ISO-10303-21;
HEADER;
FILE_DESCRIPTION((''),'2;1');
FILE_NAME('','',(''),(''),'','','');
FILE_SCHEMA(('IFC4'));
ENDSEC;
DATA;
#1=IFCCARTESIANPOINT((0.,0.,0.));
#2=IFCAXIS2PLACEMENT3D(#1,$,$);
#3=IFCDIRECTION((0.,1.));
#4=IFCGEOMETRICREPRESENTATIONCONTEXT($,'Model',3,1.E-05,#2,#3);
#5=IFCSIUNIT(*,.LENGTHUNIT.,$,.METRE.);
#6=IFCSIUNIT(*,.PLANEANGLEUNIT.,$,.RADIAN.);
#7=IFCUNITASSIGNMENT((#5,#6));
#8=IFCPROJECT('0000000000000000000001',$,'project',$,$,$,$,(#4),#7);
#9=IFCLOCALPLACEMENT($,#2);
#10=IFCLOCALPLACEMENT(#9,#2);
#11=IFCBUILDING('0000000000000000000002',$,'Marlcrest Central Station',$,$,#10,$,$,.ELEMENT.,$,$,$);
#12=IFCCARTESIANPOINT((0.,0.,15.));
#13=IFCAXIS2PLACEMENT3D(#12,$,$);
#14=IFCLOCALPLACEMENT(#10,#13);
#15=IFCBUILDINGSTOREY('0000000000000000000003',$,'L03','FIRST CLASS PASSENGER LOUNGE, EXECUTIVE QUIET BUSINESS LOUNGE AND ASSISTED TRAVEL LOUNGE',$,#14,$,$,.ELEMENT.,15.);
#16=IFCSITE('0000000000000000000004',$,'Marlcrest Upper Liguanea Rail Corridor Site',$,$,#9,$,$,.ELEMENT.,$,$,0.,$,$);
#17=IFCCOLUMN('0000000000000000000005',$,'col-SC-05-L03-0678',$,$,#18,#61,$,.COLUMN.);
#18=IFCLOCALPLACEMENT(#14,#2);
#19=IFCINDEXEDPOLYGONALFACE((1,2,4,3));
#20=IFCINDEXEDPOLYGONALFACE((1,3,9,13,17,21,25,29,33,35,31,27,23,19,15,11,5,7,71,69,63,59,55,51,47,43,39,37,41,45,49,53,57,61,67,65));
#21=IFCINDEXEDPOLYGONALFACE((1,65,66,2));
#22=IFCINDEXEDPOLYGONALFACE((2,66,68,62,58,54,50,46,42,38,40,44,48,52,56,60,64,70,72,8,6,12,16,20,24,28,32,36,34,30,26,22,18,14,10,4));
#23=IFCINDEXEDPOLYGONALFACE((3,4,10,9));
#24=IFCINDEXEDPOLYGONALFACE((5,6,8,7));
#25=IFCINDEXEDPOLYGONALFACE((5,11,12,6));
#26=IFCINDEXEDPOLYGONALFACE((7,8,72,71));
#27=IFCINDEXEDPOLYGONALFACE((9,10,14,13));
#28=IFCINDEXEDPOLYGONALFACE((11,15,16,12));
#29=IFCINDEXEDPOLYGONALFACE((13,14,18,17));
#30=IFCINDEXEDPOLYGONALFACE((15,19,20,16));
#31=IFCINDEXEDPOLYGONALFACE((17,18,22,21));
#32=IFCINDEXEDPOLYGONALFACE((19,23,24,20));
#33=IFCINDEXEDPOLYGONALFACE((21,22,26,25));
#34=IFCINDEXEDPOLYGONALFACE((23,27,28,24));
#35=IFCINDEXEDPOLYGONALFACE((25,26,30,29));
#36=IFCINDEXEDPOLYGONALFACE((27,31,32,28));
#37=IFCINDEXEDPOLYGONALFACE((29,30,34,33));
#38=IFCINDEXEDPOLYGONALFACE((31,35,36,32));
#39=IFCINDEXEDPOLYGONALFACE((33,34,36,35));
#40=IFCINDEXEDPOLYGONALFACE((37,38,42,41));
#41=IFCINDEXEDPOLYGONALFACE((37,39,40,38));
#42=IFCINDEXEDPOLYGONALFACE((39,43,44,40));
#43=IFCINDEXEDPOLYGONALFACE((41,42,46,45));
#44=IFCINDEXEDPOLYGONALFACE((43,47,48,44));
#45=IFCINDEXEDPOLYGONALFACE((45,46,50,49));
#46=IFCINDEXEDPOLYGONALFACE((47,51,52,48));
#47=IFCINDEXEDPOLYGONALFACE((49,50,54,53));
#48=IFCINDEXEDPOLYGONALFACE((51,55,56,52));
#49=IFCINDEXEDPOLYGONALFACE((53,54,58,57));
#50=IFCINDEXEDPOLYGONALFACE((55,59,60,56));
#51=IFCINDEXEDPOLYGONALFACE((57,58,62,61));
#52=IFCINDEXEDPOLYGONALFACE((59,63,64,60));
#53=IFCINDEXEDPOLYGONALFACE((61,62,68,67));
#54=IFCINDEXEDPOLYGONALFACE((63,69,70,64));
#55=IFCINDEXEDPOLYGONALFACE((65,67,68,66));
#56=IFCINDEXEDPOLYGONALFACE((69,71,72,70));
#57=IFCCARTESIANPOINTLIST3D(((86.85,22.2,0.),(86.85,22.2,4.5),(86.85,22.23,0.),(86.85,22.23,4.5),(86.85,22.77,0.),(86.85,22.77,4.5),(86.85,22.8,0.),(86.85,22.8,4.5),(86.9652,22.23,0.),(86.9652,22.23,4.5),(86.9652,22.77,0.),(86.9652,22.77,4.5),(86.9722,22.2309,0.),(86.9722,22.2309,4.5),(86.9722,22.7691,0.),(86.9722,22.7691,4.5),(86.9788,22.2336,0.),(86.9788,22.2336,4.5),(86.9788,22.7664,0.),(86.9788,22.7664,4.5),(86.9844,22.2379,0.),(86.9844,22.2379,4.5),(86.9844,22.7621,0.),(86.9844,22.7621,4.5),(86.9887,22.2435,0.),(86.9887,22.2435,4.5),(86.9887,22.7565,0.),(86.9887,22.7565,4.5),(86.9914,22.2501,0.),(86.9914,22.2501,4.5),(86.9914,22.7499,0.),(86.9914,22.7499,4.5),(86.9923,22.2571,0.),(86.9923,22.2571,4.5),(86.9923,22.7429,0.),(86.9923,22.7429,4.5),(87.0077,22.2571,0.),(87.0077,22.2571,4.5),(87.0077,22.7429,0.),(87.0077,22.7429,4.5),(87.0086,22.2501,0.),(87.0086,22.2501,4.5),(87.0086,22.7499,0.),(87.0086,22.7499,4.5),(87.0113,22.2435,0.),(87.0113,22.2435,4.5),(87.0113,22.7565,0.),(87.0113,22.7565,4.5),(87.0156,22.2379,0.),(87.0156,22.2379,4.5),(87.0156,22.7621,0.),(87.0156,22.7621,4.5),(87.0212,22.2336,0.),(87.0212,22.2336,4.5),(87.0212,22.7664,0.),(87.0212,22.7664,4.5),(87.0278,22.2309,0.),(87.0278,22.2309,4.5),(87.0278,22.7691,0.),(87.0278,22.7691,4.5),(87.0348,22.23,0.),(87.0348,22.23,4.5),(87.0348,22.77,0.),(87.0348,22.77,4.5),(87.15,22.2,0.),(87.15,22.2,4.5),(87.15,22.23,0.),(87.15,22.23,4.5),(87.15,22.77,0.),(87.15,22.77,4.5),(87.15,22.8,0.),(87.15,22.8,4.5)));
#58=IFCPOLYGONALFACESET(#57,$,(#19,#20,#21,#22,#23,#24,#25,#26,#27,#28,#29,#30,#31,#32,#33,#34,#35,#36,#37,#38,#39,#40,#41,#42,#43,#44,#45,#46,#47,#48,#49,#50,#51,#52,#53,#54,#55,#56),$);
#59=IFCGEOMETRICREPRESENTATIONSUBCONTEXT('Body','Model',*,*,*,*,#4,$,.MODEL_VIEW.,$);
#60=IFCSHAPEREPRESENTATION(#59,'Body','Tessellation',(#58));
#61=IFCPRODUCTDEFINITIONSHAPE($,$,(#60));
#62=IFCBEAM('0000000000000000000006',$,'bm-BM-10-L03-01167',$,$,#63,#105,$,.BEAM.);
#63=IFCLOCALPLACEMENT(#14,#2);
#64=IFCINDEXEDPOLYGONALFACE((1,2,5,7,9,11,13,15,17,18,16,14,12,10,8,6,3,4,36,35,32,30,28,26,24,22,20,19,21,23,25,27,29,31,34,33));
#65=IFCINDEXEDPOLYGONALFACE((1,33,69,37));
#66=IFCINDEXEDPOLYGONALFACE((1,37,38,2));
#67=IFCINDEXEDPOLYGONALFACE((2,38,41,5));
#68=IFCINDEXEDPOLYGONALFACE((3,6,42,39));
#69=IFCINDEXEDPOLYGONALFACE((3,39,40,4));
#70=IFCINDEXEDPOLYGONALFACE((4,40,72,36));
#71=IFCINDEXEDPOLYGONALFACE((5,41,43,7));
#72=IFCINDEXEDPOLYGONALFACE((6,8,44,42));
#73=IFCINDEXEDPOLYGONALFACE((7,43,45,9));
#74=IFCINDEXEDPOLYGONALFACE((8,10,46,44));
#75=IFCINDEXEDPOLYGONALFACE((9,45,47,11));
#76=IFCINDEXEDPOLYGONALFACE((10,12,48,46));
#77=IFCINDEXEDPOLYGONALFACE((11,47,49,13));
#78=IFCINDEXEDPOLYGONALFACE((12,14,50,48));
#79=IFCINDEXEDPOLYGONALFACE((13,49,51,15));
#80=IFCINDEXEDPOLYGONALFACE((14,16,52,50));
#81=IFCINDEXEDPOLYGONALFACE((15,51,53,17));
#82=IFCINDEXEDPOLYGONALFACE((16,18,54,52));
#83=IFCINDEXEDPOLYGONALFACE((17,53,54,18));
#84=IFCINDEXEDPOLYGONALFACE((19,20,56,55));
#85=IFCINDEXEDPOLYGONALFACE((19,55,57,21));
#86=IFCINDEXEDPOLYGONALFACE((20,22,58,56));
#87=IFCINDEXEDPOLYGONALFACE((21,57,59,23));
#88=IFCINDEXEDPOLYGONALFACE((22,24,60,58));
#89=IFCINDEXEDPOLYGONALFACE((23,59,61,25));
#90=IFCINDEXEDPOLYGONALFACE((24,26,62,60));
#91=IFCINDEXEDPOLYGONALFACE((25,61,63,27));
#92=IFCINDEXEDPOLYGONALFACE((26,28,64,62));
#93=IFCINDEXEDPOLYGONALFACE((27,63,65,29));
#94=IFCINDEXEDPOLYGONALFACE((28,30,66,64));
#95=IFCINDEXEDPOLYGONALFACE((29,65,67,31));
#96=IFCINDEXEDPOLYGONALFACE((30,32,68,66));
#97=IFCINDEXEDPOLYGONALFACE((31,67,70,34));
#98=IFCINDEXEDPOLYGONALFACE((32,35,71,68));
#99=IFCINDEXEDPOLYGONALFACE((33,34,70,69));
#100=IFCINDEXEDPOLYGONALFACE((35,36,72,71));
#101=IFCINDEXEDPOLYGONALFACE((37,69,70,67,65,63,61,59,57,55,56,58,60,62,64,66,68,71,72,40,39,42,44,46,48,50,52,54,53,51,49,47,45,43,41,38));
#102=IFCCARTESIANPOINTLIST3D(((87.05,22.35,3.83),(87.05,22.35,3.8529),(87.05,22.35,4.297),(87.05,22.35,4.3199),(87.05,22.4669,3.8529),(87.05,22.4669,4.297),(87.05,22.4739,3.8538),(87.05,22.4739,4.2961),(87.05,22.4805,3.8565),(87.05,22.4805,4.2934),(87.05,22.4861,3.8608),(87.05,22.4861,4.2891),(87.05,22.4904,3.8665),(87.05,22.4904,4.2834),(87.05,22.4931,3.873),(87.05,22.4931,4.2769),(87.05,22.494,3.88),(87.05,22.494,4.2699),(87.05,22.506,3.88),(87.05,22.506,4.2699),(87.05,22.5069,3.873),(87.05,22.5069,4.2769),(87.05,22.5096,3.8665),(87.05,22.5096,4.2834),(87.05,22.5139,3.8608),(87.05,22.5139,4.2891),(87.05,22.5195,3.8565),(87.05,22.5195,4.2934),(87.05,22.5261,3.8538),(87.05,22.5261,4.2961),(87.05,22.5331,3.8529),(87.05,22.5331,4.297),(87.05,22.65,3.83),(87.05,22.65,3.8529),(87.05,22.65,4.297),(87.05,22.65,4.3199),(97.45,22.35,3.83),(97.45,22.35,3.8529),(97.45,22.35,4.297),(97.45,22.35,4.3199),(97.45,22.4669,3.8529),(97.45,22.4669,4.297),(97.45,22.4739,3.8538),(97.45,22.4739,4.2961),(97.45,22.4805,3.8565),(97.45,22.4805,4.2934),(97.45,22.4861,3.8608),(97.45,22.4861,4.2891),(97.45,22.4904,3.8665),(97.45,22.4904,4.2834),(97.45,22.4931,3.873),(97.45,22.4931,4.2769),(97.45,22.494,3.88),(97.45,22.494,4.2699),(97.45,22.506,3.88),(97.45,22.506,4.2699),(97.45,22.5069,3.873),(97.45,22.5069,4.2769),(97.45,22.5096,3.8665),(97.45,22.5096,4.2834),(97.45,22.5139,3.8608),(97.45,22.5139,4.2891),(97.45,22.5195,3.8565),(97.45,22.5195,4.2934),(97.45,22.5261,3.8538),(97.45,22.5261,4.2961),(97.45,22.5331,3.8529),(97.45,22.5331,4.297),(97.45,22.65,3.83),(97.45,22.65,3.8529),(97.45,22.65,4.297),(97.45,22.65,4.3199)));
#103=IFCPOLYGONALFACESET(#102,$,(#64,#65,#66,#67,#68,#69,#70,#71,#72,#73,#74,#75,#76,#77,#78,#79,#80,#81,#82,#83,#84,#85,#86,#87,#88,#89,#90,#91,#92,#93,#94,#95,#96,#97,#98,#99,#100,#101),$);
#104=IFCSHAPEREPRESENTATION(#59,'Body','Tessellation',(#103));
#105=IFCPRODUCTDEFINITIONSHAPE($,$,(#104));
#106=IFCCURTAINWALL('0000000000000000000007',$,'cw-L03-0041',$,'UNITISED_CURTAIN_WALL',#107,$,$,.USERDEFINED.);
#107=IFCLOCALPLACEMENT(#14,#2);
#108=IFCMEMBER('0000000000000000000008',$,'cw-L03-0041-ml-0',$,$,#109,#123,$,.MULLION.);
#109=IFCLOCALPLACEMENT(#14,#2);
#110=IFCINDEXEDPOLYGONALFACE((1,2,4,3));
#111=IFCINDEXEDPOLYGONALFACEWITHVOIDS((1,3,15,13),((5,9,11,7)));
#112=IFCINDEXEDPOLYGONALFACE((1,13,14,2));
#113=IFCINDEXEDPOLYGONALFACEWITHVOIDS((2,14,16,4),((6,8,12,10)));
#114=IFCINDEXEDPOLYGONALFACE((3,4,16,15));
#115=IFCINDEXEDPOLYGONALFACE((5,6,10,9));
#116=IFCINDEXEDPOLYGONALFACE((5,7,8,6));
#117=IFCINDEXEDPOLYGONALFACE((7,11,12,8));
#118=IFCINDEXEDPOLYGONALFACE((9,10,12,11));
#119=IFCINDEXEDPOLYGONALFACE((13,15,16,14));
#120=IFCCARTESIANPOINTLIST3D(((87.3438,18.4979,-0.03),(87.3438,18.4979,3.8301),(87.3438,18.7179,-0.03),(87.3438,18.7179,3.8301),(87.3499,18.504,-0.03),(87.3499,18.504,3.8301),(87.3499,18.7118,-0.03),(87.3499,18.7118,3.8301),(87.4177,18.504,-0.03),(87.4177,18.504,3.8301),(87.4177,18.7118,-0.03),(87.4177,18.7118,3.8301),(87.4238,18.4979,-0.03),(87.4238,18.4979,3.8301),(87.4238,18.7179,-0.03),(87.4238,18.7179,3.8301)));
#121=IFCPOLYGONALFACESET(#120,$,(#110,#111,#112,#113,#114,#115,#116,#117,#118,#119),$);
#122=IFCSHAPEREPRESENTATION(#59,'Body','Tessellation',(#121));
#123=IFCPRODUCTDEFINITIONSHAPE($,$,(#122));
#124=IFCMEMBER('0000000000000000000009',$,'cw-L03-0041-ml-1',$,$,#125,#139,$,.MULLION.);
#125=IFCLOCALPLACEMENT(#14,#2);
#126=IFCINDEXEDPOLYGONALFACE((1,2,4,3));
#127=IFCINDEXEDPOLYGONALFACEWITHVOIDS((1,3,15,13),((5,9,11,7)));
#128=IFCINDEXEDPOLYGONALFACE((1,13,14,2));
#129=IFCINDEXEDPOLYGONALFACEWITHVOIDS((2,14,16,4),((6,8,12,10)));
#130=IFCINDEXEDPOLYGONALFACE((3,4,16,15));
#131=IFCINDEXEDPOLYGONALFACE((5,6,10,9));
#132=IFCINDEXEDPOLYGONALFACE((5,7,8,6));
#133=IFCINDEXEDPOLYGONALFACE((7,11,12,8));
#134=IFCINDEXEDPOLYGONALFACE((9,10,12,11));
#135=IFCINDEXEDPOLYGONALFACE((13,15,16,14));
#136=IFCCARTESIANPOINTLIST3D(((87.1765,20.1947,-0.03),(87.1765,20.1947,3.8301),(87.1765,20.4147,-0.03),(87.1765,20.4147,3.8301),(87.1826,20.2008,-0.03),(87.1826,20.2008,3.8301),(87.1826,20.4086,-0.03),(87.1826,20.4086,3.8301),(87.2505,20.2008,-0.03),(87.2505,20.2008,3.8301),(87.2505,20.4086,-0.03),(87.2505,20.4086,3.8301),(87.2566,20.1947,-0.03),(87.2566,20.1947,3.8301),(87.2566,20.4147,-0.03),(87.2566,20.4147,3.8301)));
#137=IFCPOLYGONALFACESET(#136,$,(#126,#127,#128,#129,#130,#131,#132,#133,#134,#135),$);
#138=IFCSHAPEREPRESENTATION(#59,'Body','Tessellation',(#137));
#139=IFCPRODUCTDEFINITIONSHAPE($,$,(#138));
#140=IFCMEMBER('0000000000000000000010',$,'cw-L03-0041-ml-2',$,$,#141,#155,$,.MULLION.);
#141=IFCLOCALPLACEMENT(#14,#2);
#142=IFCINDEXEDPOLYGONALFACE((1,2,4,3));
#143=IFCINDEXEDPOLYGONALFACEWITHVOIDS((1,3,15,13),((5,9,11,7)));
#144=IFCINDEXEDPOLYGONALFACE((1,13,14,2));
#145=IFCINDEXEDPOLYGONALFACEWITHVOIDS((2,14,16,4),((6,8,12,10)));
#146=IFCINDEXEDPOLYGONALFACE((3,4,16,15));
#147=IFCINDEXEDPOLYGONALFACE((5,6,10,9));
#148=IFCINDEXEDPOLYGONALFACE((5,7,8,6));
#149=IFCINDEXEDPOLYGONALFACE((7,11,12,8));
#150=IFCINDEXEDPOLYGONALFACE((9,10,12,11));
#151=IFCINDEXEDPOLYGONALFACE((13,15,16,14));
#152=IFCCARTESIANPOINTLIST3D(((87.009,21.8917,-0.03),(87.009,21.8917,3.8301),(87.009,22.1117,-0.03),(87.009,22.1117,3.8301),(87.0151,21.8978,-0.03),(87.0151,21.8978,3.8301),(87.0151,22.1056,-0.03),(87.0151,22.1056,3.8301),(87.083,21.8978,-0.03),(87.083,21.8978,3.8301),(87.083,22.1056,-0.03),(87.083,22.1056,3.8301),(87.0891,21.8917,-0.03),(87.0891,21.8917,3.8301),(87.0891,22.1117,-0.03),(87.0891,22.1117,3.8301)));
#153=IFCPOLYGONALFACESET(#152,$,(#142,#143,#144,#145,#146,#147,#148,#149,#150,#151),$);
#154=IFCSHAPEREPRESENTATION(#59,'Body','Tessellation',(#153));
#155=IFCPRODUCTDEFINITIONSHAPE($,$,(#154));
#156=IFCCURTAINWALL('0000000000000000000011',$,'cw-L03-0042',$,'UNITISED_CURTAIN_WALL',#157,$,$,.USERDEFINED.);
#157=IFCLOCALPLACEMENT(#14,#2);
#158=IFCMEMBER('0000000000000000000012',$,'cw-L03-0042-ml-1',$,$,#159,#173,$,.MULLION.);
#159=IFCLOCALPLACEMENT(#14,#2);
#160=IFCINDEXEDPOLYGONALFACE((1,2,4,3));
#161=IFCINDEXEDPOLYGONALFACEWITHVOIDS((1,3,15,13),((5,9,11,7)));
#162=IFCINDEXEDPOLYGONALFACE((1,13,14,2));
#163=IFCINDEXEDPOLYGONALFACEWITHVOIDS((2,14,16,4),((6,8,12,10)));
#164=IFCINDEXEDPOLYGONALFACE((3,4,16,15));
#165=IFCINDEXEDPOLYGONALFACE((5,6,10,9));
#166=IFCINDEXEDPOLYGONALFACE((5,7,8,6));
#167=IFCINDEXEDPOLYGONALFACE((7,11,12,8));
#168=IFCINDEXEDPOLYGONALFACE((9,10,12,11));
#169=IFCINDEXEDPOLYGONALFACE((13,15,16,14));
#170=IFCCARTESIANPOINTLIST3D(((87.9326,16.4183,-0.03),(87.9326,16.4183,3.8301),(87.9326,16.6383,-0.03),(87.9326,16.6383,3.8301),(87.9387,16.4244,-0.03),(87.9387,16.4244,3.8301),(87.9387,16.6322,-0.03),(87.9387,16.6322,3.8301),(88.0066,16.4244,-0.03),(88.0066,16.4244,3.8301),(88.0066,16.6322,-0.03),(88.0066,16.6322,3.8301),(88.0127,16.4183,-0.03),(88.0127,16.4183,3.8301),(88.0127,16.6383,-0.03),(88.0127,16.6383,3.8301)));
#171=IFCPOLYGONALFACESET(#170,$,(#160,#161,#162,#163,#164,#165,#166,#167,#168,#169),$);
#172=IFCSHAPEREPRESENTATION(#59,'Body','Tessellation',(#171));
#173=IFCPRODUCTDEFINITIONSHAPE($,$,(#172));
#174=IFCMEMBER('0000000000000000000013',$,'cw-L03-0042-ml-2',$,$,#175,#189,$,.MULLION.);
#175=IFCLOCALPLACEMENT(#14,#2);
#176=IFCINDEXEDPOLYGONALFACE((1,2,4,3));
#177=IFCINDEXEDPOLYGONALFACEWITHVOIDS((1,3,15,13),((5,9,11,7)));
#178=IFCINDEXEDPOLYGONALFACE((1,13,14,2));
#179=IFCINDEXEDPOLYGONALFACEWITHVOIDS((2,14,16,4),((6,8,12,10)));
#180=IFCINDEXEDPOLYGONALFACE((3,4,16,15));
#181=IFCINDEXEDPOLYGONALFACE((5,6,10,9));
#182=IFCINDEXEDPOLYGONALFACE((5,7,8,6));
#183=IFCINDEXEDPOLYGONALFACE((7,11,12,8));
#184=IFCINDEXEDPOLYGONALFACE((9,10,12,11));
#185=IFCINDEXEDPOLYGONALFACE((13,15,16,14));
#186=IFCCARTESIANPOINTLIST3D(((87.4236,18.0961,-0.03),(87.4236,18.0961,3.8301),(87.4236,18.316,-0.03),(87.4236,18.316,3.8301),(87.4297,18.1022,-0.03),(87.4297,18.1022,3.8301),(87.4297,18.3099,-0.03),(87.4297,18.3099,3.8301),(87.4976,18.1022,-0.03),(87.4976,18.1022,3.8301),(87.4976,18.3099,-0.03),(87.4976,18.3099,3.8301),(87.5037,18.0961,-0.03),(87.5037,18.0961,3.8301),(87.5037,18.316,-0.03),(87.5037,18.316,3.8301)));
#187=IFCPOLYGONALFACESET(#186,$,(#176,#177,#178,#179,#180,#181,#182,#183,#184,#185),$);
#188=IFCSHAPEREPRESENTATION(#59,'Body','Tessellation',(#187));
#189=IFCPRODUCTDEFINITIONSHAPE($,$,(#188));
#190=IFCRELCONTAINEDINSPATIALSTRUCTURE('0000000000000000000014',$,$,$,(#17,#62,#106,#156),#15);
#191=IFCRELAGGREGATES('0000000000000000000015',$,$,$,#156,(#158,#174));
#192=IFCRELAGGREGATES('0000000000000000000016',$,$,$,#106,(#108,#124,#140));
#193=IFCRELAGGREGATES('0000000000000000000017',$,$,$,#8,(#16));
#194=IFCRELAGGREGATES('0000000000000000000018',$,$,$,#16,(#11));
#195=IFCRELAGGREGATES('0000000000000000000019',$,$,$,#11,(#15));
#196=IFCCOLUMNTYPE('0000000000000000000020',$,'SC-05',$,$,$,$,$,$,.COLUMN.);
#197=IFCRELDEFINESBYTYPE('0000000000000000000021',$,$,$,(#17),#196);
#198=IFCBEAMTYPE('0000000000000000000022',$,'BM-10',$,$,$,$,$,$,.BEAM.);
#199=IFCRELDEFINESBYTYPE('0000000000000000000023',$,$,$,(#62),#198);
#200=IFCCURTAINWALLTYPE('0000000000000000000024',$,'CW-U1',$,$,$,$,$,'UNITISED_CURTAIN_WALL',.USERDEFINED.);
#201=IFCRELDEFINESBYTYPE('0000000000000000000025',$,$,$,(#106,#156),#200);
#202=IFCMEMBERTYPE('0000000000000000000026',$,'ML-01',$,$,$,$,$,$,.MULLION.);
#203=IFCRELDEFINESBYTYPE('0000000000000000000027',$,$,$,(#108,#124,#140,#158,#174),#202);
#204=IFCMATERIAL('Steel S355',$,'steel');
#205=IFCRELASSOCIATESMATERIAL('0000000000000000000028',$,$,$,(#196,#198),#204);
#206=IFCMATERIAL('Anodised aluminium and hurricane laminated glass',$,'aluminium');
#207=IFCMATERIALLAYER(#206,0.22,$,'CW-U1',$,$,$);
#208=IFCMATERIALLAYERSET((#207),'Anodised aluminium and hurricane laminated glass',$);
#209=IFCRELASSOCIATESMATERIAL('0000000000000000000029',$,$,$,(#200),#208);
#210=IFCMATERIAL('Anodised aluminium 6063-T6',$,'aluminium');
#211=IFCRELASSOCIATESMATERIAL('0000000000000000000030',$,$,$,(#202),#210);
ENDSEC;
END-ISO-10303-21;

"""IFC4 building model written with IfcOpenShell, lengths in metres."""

from ifc_helpers import new_model, si_unit, direction, frame, origin, origin_2d, place, context, subcontext, project, spatial, hollow_rectangle, i_section, extrude, material, layer, layer_set, material_profile, profile_set, type_object, element, aggregate, save


model = new_model("IFC4")

# Units and contexts
model_context = context("Model", 3, precision=1e-05, world=origin(), true_north=direction((0.0, 1.0)))
body_context = subcontext(model_context, "Body", "Model", "MODEL_VIEW")
ifc_project = project(units=[si_unit("LENGTHUNIT", "METRE"), si_unit("PLANEANGLEUNIT", "RADIAN")], contexts=[model_context])

# Site, building, storey
site_placement = place(None, origin())
site = spatial("IfcSite", under=ifc_project, at=site_placement, Name="Marlcrest Upper Liguanea Rail Corridor Site", CompositionType="ELEMENT", RefElevation=0.0)
building_placement = place(site_placement, origin())
building = spatial("IfcBuilding", under=site, at=building_placement, Name="Marlcrest Central Station", CompositionType="ELEMENT")
storey_placement = place(building_placement, frame((0.0, 0.0, 15.0)))
storey = spatial("IfcBuildingStorey", under=building, at=storey_placement, Name="L03", Description="FIRST CLASS PASSENGER LOUNGE, EXECUTIVE QUIET BUSINESS LOUNGE AND ASSISTED TRAVEL LOUNGE", CompositionType="ELEMENT", Elevation=15.0)

# Column
ifc_material_1 = material(Name="Steel S355", Category="steel")
ifc_material_profile_1 = material_profile(ifc_material_1, i_section(OverallWidth=0.3, OverallDepth=0.6001, WebThickness=0.0154, FlangeThickness=0.03, FilletRadius=0.0271, at=origin_2d()), Name="HEB 600")
ifc_profile_set_1 = profile_set([ifc_material_profile_1], Name="Steel S355")
column_type = type_object("IfcColumnType", Name="SC-05", PredefinedType="COLUMN", material=ifc_profile_set_1)
column_placement = place(storey_placement, frame((87.0, 22.5, 0.0), z_axis=(0.0, 0.0, 1.0), x_axis=(1.0, 0.0, 0.0)))
element("IfcColumn", 1, at=column_placement, inside=storey, type_object=column_type, Name="col-SC-05-L03-0678", PredefinedType="COLUMN", context=body_context, shape_type="SweptSolid", body=[
    extrude(i_section(OverallWidth=0.3, OverallDepth=0.6001, WebThickness=0.0154, FlangeThickness=0.03, FilletRadius=0.0271, at=origin_2d()), origin(), (0.0, 0.0, 1.0), 4.5),
])

# Beam
ifc_material_profile_2 = material_profile(ifc_material_1, i_section(OverallWidth=0.3, OverallDepth=0.49, WebThickness=0.012, FlangeThickness=0.0229, FilletRadius=0.0271, at=origin_2d()), Name="HEA 500")
ifc_profile_set_2 = profile_set([ifc_material_profile_2], Name="Steel S355")
beam_type_1 = type_object("IfcBeamType", Name="BM-10", PredefinedType="BEAM", material=ifc_profile_set_2)
beam_1_placement = place(storey_placement, frame((87.05, 22.5, 4.075), z_axis=(1.0, 0.0, 0.0), x_axis=(0.0, 1.0, 0.0)))
element("IfcBeam", 2, at=beam_1_placement, inside=storey, type_object=beam_type_1, Name="bm-BM-10-L03-01167", PredefinedType="BEAM", context=body_context, shape_type="SweptSolid", body=[
    extrude(i_section(OverallWidth=0.3, OverallDepth=0.49, WebThickness=0.012, FlangeThickness=0.0229, FilletRadius=0.0271, at=origin_2d()), origin(), (0.0, 0.0, 1.0), 10.3999),
])

# Curtain walls, members
ifc_material_2 = material(Name="Anodised aluminium and hurricane laminated glass", Category="aluminium")
ifc_layer_1 = layer(ifc_material_2, 0.22, Name="CW-U1")
ifc_layer_set_1 = layer_set([ifc_layer_1], Name="Anodised aluminium and hurricane laminated glass")
curtain_wall_type = type_object("IfcCurtainWallType", Name="CW-U1", ElementType="UNITISED_CURTAIN_WALL", PredefinedType="USERDEFINED", material=ifc_layer_set_1)
curtain_wall_1_placement = place(storey_placement, origin())
curtain_wall_1 = element("IfcCurtainWall", 3, at=curtain_wall_1_placement, inside=storey, type_object=curtain_wall_type, Name="cw-L03-0041", ObjectType="UNITISED_CURTAIN_WALL", PredefinedType="USERDEFINED")
ifc_material_3 = material(Name="Anodised aluminium 6063-T6", Category="aluminium")
ifc_material_profile_3 = material_profile(ifc_material_3, hollow_rectangle(XDim=0.0801, YDim=0.22, WallThickness=0.0061, at=origin_2d()), Name="AA-RHS 220x80x6")
ifc_profile_set_3 = profile_set([ifc_material_profile_3], Name="Anodised aluminium 6063-T6")
member_type_1 = type_object("IfcMemberType", Name="ML-01", PredefinedType="MULLION", material=ifc_profile_set_3)
member_1_placement = place(storey_placement, frame((87.3838, 18.6079, -0.03), z_axis=(0.0, 0.0, 1.0), x_axis=(1.0, 0.0, 0.0)))
member_1 = element("IfcMember", 4, at=member_1_placement, type_object=member_type_1, Name="cw-L03-0041-ml-0", PredefinedType="MULLION", context=body_context, shape_type="SweptSolid", body=[
    extrude(hollow_rectangle(XDim=0.0801, YDim=0.22, WallThickness=0.0061, at=origin_2d()), origin(), (0.0, 0.0, 1.0), 3.8601),
])
member_2_placement = place(storey_placement, frame((87.2166, 20.3047, -0.03), z_axis=(0.0, 0.0, 1.0), x_axis=(1.0, 0.0, 0.0)))
member_2 = element("IfcMember", 5, at=member_2_placement, type_object=member_type_1, Name="cw-L03-0041-ml-1", PredefinedType="MULLION", context=body_context, shape_type="SweptSolid", body=[
    extrude(hollow_rectangle(XDim=0.0801, YDim=0.22, WallThickness=0.0061, at=origin_2d()), origin(), (0.0, 0.0, 1.0), 3.8601),
])
member_3_placement = place(storey_placement, frame((87.0491, 22.0017, -0.03), z_axis=(0.0, 0.0, 1.0), x_axis=(1.0, 0.0, 0.0)))
member_3 = element("IfcMember", 6, at=member_3_placement, type_object=member_type_1, Name="cw-L03-0041-ml-2", PredefinedType="MULLION", context=body_context, shape_type="SweptSolid", body=[
    extrude(hollow_rectangle(XDim=0.0801, YDim=0.22, WallThickness=0.0061, at=origin_2d()), origin(), (0.0, 0.0, 1.0), 3.8601),
])
curtain_wall_2_placement = place(storey_placement, origin())
curtain_wall_2 = element("IfcCurtainWall", 7, at=curtain_wall_2_placement, inside=storey, type_object=curtain_wall_type, Name="cw-L03-0042", ObjectType="UNITISED_CURTAIN_WALL", PredefinedType="USERDEFINED")
member_4_placement = place(storey_placement, frame((87.9727, 16.5283, -0.03), z_axis=(0.0, 0.0, 1.0), x_axis=(1.0, 0.0, 0.0)))
member_4 = element("IfcMember", 8, at=member_4_placement, type_object=member_type_1, Name="cw-L03-0042-ml-1", PredefinedType="MULLION", context=body_context, shape_type="SweptSolid", body=[
    extrude(hollow_rectangle(XDim=0.0801, YDim=0.22, WallThickness=0.0061, at=origin_2d()), origin(), (0.0, 0.0, 1.0), 3.8601),
])
member_5_placement = place(storey_placement, frame((87.4636, 18.2061, -0.03), z_axis=(0.0, 0.0, 1.0), x_axis=(1.0, 0.0, 0.0)))
member_5 = element("IfcMember", 9, at=member_5_placement, type_object=member_type_1, Name="cw-L03-0042-ml-2", PredefinedType="MULLION", context=body_context, shape_type="SweptSolid", body=[
    extrude(hollow_rectangle(XDim=0.0801, YDim=0.22, WallThickness=0.0061, at=origin_2d()), origin(), (0.0, 0.0, 1.0), 3.8601),
])

aggregate(curtain_wall_2, [member_4, member_5])
aggregate(curtain_wall_1, [member_1, member_2, member_3])

save(model, "model.ifc")
